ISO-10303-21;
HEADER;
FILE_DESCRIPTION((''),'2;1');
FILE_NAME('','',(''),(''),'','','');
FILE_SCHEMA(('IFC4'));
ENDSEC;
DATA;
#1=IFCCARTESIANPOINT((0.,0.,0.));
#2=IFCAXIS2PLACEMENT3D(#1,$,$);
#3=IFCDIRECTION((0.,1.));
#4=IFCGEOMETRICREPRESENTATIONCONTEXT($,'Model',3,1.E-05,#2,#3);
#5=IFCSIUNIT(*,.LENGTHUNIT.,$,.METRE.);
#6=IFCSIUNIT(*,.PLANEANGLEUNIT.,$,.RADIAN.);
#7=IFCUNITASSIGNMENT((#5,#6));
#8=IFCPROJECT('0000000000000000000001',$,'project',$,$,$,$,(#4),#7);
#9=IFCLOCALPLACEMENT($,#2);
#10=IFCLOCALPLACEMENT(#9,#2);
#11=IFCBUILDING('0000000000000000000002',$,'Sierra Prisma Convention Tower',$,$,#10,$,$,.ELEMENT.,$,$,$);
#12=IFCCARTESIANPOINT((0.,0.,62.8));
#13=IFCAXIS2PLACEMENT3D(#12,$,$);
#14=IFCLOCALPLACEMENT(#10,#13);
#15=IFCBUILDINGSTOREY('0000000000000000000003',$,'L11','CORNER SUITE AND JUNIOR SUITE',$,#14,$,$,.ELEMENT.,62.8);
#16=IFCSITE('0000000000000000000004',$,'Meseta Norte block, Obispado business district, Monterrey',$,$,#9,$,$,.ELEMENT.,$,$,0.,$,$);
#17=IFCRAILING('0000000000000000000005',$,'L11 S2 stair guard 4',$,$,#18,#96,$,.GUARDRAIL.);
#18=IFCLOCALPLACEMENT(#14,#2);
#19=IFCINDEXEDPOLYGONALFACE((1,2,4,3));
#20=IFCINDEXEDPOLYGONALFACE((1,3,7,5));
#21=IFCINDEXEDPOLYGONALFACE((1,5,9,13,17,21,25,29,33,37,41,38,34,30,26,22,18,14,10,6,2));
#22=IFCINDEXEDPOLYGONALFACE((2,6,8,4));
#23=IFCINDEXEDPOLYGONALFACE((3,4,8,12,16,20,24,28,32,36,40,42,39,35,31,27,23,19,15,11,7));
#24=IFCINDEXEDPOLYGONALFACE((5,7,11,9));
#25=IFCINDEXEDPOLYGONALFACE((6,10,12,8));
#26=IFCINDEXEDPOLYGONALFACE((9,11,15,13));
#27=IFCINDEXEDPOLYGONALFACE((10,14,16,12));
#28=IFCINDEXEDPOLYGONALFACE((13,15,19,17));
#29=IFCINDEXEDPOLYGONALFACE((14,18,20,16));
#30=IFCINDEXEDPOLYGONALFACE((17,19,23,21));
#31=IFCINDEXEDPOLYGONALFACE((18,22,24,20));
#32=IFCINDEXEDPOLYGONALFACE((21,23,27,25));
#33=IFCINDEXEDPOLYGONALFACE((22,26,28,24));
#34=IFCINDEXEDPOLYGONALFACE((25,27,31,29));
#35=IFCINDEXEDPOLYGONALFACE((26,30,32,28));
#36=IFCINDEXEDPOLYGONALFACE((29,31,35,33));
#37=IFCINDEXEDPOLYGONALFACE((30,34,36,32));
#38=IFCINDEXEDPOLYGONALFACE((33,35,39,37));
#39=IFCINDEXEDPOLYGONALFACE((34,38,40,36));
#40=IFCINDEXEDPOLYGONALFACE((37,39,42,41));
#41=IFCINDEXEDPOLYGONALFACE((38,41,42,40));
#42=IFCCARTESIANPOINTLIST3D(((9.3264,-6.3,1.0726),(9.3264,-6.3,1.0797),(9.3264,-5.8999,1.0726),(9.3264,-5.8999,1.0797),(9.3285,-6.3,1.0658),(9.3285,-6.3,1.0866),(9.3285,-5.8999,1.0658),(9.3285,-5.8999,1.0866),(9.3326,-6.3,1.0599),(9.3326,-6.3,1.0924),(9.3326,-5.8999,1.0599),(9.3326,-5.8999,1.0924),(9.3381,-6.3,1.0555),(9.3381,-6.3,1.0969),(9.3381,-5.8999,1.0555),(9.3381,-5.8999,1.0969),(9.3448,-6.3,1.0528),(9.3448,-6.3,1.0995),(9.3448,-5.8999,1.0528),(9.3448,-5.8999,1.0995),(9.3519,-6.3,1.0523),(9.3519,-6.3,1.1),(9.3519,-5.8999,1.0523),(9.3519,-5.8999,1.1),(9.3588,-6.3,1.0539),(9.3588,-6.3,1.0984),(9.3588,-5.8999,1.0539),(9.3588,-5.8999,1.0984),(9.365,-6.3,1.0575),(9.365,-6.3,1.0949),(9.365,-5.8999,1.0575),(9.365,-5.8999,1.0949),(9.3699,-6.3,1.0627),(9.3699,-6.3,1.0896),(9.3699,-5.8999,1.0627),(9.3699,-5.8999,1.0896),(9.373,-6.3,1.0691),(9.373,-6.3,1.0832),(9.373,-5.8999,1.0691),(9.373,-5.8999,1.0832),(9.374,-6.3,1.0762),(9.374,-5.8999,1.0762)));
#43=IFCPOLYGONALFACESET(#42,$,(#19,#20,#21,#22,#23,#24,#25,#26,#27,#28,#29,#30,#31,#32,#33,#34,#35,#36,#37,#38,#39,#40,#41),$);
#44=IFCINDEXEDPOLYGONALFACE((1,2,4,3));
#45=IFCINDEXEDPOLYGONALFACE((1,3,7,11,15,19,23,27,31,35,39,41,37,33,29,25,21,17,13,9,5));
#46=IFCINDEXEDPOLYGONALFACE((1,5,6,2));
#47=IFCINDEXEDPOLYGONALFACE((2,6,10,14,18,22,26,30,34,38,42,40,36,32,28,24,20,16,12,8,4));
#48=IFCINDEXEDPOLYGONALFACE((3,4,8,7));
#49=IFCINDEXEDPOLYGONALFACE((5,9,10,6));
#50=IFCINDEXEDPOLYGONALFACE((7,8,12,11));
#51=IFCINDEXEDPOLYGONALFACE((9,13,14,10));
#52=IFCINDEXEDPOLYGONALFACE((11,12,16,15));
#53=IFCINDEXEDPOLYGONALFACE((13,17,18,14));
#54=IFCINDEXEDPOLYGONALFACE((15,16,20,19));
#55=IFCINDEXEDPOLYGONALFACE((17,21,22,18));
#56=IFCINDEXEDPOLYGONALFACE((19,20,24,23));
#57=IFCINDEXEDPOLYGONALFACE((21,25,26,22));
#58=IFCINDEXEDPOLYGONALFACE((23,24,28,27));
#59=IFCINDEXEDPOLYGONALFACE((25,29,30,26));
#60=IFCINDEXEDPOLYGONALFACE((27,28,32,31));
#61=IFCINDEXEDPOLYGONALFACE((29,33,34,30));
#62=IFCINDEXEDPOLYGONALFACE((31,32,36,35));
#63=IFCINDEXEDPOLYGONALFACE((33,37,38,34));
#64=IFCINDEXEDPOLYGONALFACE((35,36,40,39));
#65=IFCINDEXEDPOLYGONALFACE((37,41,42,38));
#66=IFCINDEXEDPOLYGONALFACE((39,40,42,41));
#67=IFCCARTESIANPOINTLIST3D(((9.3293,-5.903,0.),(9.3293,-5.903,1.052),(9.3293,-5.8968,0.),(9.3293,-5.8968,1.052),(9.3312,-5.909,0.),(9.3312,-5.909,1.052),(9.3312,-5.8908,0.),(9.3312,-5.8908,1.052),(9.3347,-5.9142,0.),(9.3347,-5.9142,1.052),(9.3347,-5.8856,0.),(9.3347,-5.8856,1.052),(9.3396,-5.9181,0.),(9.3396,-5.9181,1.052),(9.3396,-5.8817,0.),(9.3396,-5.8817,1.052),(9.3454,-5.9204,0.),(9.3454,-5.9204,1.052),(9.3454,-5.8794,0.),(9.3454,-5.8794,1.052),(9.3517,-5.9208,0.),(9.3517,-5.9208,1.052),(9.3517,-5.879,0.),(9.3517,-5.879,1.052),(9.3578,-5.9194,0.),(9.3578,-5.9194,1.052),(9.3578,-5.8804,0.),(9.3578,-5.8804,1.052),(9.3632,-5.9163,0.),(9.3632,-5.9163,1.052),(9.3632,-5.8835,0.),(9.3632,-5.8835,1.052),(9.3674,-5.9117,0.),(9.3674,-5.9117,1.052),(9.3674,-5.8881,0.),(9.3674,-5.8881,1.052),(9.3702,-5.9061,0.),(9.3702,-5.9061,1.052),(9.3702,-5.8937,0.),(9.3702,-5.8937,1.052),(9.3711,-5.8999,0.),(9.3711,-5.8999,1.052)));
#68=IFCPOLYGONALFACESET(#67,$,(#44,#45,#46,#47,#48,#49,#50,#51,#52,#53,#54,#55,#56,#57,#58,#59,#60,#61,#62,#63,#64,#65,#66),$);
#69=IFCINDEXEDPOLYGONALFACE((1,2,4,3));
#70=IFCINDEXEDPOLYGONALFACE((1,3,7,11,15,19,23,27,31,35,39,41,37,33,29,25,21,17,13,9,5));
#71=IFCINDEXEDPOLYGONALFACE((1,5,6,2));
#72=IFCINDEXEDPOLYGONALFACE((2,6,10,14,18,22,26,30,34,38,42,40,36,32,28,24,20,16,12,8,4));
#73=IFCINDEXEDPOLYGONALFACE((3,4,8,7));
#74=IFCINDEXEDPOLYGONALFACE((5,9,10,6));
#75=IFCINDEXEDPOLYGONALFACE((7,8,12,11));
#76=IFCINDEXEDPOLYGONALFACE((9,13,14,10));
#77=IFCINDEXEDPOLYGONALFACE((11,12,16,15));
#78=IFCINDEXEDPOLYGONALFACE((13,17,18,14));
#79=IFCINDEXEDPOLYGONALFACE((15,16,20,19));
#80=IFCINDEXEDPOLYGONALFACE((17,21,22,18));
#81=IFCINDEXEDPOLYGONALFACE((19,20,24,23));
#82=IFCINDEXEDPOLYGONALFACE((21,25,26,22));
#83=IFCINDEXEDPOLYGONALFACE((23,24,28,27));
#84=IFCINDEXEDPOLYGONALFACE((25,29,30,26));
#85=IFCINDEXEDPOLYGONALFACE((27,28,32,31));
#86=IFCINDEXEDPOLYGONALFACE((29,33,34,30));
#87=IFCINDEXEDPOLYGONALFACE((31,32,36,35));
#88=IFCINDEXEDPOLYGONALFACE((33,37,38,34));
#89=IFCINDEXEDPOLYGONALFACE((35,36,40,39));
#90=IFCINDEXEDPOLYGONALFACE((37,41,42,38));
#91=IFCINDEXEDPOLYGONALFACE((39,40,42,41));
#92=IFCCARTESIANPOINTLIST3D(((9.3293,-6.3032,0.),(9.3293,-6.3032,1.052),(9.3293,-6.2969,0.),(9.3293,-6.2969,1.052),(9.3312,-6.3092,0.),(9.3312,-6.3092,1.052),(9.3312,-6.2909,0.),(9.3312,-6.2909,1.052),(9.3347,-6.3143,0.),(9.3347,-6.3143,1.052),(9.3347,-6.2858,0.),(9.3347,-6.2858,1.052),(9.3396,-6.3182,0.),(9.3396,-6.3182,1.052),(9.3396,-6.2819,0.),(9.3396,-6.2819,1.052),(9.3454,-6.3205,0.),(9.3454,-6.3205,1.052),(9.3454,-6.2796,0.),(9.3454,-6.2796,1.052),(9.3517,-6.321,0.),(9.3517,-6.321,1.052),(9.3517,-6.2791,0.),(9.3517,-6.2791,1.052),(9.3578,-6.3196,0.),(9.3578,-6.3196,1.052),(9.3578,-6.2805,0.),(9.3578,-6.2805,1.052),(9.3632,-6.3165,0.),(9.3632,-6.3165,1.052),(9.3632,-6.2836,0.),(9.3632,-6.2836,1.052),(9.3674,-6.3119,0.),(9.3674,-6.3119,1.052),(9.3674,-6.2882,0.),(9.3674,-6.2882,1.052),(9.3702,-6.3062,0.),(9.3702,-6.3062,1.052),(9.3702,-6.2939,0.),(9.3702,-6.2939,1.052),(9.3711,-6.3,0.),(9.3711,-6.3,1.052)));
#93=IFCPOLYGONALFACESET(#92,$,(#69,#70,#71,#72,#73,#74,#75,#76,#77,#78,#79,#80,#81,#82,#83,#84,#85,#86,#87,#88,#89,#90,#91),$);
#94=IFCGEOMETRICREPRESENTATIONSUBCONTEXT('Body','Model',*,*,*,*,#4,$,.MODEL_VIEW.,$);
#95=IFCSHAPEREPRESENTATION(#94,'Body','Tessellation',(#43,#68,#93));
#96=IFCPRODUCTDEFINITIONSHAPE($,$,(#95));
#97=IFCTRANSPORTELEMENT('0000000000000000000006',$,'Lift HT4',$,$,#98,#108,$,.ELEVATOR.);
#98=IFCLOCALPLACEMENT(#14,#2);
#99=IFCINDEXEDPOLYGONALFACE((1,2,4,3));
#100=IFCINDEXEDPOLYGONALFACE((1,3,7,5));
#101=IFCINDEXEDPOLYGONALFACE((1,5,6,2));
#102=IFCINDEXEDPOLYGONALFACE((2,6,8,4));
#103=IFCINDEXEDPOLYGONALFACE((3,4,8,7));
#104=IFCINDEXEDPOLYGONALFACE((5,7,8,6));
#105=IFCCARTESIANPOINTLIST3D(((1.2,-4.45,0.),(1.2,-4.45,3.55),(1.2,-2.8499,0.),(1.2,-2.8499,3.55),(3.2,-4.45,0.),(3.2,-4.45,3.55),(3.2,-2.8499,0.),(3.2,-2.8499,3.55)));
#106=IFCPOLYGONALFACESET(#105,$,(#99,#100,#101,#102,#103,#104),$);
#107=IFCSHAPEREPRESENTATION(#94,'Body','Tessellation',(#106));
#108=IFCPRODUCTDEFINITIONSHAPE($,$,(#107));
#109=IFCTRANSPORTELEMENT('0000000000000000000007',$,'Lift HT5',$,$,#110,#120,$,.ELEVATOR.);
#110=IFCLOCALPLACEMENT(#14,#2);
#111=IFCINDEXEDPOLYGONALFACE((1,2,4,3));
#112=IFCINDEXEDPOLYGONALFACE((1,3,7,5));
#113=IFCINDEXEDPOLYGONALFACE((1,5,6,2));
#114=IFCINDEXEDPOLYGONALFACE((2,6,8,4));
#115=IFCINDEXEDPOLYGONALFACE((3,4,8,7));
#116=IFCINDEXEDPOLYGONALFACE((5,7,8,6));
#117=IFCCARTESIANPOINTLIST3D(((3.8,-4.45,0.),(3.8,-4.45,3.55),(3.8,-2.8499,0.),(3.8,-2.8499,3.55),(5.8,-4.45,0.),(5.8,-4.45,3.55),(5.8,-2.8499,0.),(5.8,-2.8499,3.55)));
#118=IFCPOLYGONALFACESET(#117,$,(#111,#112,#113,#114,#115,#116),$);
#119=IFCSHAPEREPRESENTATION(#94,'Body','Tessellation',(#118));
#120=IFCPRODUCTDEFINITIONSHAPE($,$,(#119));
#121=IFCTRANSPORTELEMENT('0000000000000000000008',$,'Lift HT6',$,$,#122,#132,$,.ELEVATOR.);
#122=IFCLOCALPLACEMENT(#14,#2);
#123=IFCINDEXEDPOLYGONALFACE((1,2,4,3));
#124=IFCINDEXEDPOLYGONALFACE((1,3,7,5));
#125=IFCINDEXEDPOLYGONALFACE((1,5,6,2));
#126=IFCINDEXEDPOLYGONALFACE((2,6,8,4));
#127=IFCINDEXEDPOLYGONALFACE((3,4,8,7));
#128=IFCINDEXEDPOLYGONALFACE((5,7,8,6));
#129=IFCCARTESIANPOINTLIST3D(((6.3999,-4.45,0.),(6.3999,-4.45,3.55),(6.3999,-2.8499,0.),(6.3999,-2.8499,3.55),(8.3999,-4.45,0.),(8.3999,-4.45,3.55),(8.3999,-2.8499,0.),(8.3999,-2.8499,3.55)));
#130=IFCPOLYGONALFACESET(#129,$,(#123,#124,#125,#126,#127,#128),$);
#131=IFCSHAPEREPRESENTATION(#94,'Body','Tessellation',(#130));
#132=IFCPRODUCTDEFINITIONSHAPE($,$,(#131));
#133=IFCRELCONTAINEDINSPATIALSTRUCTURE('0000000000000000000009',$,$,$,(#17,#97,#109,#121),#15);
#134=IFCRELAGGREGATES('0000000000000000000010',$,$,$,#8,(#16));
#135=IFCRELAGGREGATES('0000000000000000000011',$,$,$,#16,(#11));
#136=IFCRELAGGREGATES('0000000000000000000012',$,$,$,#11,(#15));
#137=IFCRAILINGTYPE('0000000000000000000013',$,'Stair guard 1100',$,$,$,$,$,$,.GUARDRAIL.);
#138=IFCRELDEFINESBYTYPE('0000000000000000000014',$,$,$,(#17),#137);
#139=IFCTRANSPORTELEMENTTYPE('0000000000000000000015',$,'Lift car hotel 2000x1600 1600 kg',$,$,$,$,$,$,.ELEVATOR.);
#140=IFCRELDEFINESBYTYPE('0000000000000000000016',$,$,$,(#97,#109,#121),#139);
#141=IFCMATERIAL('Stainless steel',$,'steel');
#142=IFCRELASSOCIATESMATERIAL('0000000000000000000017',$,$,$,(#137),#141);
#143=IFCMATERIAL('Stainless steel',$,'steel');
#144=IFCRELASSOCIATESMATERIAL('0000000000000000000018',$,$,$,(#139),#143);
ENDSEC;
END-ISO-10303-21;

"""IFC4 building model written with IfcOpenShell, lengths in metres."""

from ifc_helpers import new_model, si_unit, direction, frame, origin, origin_2d, place, context, subcontext, project, spatial, rectangle, circle, extrude, material, type_object, element, save


model = new_model("IFC4")

# Units and contexts
model_context = context("Model", 3, precision=1e-05, world=origin(), true_north=direction((0.0, 1.0)))
body_context = subcontext(model_context, "Body", "Model", "MODEL_VIEW")
ifc_project = project(units=[si_unit("LENGTHUNIT", "METRE"), si_unit("PLANEANGLEUNIT", "RADIAN")], contexts=[model_context])

# Site, building, storey
site_placement = place(None, origin())
site = spatial("IfcSite", under=ifc_project, at=site_placement, Name="Meseta Norte block, Obispado business district, Monterrey", CompositionType="ELEMENT", RefElevation=0.0)
building_placement = place(site_placement, origin())
building = spatial("IfcBuilding", under=site, at=building_placement, Name="Sierra Prisma Convention Tower", CompositionType="ELEMENT")
storey_placement = place(building_placement, frame((0.0, 0.0, 62.8)))
storey = spatial("IfcBuildingStorey", under=building, at=storey_placement, Name="L11", Description="CORNER SUITE AND JUNIOR SUITE", CompositionType="ELEMENT", Elevation=62.8)

# Railing
ifc_material_1 = material(Name="Stainless steel", Category="steel")
railing_type_1 = type_object("IfcRailingType", Name="Stair guard 1100", PredefinedType="GUARDRAIL", material=ifc_material_1)
railing_1_placement = place(storey_placement, frame((9.3501, -5.8999, 0.0)))
element("IfcRailing", 1, at=railing_1_placement, inside=storey, type_object=railing_type_1, Name="L11 S2 stair guard 4", PredefinedType="GUARDRAIL", context=body_context, shape_type="SweptSolid", body=[
    extrude(circle(Radius=0.0239, at=origin_2d()), frame((0.0, 0.0, 1.0762), z_axis=(0.0, -1.0, 0.0), x_axis=(1.0, 0.0, 0.0)), (0.0, 0.0, 1.0), 0.4001),
    extrude(circle(Radius=0.021, at=origin_2d()), origin(), (0.0, 0.0, 1.0), 1.052),
    extrude(circle(Radius=0.021, at=origin_2d()), frame((0.0, -0.4001, 0.0)), (0.0, 0.0, 1.0), 1.052),
])

# Transport elements
ifc_material_2 = material(Name="Stainless steel", Category="steel")
transport_element_type = type_object("IfcTransportElementType", Name="Lift car hotel 2000x1600 1600 kg", PredefinedType="ELEVATOR", material=ifc_material_2)
for number, where, z_axis, x_axis, name in (
    (2, (2.2, -3.6499, 0.0), (0.0, 0.0, 1.0), (1.0, 0.0, 0.0), "Lift HT4"),
    (3, (4.8, -3.6499, 0.0), (0.0, 0.0, 1.0), (1.0, 0.0, 0.0), "Lift HT5"),
    (4, (7.3999, -3.6499, 0.0), (0.0, 0.0, 1.0), (1.0, 0.0, 0.0), "Lift HT6"),
):
    element("IfcTransportElement", number, at=place(storey_placement, frame(where, z_axis=z_axis, x_axis=x_axis)), inside=storey, type_object=transport_element_type, Name=name, PredefinedType="ELEVATOR", context=body_context, shape_type="SweptSolid", body=[
        extrude(rectangle(XDim=2.0, YDim=1.6001, at=origin_2d()), origin(), (0.0, 0.0, 1.0), 3.55),
    ])

save(model, "model.ifc")
